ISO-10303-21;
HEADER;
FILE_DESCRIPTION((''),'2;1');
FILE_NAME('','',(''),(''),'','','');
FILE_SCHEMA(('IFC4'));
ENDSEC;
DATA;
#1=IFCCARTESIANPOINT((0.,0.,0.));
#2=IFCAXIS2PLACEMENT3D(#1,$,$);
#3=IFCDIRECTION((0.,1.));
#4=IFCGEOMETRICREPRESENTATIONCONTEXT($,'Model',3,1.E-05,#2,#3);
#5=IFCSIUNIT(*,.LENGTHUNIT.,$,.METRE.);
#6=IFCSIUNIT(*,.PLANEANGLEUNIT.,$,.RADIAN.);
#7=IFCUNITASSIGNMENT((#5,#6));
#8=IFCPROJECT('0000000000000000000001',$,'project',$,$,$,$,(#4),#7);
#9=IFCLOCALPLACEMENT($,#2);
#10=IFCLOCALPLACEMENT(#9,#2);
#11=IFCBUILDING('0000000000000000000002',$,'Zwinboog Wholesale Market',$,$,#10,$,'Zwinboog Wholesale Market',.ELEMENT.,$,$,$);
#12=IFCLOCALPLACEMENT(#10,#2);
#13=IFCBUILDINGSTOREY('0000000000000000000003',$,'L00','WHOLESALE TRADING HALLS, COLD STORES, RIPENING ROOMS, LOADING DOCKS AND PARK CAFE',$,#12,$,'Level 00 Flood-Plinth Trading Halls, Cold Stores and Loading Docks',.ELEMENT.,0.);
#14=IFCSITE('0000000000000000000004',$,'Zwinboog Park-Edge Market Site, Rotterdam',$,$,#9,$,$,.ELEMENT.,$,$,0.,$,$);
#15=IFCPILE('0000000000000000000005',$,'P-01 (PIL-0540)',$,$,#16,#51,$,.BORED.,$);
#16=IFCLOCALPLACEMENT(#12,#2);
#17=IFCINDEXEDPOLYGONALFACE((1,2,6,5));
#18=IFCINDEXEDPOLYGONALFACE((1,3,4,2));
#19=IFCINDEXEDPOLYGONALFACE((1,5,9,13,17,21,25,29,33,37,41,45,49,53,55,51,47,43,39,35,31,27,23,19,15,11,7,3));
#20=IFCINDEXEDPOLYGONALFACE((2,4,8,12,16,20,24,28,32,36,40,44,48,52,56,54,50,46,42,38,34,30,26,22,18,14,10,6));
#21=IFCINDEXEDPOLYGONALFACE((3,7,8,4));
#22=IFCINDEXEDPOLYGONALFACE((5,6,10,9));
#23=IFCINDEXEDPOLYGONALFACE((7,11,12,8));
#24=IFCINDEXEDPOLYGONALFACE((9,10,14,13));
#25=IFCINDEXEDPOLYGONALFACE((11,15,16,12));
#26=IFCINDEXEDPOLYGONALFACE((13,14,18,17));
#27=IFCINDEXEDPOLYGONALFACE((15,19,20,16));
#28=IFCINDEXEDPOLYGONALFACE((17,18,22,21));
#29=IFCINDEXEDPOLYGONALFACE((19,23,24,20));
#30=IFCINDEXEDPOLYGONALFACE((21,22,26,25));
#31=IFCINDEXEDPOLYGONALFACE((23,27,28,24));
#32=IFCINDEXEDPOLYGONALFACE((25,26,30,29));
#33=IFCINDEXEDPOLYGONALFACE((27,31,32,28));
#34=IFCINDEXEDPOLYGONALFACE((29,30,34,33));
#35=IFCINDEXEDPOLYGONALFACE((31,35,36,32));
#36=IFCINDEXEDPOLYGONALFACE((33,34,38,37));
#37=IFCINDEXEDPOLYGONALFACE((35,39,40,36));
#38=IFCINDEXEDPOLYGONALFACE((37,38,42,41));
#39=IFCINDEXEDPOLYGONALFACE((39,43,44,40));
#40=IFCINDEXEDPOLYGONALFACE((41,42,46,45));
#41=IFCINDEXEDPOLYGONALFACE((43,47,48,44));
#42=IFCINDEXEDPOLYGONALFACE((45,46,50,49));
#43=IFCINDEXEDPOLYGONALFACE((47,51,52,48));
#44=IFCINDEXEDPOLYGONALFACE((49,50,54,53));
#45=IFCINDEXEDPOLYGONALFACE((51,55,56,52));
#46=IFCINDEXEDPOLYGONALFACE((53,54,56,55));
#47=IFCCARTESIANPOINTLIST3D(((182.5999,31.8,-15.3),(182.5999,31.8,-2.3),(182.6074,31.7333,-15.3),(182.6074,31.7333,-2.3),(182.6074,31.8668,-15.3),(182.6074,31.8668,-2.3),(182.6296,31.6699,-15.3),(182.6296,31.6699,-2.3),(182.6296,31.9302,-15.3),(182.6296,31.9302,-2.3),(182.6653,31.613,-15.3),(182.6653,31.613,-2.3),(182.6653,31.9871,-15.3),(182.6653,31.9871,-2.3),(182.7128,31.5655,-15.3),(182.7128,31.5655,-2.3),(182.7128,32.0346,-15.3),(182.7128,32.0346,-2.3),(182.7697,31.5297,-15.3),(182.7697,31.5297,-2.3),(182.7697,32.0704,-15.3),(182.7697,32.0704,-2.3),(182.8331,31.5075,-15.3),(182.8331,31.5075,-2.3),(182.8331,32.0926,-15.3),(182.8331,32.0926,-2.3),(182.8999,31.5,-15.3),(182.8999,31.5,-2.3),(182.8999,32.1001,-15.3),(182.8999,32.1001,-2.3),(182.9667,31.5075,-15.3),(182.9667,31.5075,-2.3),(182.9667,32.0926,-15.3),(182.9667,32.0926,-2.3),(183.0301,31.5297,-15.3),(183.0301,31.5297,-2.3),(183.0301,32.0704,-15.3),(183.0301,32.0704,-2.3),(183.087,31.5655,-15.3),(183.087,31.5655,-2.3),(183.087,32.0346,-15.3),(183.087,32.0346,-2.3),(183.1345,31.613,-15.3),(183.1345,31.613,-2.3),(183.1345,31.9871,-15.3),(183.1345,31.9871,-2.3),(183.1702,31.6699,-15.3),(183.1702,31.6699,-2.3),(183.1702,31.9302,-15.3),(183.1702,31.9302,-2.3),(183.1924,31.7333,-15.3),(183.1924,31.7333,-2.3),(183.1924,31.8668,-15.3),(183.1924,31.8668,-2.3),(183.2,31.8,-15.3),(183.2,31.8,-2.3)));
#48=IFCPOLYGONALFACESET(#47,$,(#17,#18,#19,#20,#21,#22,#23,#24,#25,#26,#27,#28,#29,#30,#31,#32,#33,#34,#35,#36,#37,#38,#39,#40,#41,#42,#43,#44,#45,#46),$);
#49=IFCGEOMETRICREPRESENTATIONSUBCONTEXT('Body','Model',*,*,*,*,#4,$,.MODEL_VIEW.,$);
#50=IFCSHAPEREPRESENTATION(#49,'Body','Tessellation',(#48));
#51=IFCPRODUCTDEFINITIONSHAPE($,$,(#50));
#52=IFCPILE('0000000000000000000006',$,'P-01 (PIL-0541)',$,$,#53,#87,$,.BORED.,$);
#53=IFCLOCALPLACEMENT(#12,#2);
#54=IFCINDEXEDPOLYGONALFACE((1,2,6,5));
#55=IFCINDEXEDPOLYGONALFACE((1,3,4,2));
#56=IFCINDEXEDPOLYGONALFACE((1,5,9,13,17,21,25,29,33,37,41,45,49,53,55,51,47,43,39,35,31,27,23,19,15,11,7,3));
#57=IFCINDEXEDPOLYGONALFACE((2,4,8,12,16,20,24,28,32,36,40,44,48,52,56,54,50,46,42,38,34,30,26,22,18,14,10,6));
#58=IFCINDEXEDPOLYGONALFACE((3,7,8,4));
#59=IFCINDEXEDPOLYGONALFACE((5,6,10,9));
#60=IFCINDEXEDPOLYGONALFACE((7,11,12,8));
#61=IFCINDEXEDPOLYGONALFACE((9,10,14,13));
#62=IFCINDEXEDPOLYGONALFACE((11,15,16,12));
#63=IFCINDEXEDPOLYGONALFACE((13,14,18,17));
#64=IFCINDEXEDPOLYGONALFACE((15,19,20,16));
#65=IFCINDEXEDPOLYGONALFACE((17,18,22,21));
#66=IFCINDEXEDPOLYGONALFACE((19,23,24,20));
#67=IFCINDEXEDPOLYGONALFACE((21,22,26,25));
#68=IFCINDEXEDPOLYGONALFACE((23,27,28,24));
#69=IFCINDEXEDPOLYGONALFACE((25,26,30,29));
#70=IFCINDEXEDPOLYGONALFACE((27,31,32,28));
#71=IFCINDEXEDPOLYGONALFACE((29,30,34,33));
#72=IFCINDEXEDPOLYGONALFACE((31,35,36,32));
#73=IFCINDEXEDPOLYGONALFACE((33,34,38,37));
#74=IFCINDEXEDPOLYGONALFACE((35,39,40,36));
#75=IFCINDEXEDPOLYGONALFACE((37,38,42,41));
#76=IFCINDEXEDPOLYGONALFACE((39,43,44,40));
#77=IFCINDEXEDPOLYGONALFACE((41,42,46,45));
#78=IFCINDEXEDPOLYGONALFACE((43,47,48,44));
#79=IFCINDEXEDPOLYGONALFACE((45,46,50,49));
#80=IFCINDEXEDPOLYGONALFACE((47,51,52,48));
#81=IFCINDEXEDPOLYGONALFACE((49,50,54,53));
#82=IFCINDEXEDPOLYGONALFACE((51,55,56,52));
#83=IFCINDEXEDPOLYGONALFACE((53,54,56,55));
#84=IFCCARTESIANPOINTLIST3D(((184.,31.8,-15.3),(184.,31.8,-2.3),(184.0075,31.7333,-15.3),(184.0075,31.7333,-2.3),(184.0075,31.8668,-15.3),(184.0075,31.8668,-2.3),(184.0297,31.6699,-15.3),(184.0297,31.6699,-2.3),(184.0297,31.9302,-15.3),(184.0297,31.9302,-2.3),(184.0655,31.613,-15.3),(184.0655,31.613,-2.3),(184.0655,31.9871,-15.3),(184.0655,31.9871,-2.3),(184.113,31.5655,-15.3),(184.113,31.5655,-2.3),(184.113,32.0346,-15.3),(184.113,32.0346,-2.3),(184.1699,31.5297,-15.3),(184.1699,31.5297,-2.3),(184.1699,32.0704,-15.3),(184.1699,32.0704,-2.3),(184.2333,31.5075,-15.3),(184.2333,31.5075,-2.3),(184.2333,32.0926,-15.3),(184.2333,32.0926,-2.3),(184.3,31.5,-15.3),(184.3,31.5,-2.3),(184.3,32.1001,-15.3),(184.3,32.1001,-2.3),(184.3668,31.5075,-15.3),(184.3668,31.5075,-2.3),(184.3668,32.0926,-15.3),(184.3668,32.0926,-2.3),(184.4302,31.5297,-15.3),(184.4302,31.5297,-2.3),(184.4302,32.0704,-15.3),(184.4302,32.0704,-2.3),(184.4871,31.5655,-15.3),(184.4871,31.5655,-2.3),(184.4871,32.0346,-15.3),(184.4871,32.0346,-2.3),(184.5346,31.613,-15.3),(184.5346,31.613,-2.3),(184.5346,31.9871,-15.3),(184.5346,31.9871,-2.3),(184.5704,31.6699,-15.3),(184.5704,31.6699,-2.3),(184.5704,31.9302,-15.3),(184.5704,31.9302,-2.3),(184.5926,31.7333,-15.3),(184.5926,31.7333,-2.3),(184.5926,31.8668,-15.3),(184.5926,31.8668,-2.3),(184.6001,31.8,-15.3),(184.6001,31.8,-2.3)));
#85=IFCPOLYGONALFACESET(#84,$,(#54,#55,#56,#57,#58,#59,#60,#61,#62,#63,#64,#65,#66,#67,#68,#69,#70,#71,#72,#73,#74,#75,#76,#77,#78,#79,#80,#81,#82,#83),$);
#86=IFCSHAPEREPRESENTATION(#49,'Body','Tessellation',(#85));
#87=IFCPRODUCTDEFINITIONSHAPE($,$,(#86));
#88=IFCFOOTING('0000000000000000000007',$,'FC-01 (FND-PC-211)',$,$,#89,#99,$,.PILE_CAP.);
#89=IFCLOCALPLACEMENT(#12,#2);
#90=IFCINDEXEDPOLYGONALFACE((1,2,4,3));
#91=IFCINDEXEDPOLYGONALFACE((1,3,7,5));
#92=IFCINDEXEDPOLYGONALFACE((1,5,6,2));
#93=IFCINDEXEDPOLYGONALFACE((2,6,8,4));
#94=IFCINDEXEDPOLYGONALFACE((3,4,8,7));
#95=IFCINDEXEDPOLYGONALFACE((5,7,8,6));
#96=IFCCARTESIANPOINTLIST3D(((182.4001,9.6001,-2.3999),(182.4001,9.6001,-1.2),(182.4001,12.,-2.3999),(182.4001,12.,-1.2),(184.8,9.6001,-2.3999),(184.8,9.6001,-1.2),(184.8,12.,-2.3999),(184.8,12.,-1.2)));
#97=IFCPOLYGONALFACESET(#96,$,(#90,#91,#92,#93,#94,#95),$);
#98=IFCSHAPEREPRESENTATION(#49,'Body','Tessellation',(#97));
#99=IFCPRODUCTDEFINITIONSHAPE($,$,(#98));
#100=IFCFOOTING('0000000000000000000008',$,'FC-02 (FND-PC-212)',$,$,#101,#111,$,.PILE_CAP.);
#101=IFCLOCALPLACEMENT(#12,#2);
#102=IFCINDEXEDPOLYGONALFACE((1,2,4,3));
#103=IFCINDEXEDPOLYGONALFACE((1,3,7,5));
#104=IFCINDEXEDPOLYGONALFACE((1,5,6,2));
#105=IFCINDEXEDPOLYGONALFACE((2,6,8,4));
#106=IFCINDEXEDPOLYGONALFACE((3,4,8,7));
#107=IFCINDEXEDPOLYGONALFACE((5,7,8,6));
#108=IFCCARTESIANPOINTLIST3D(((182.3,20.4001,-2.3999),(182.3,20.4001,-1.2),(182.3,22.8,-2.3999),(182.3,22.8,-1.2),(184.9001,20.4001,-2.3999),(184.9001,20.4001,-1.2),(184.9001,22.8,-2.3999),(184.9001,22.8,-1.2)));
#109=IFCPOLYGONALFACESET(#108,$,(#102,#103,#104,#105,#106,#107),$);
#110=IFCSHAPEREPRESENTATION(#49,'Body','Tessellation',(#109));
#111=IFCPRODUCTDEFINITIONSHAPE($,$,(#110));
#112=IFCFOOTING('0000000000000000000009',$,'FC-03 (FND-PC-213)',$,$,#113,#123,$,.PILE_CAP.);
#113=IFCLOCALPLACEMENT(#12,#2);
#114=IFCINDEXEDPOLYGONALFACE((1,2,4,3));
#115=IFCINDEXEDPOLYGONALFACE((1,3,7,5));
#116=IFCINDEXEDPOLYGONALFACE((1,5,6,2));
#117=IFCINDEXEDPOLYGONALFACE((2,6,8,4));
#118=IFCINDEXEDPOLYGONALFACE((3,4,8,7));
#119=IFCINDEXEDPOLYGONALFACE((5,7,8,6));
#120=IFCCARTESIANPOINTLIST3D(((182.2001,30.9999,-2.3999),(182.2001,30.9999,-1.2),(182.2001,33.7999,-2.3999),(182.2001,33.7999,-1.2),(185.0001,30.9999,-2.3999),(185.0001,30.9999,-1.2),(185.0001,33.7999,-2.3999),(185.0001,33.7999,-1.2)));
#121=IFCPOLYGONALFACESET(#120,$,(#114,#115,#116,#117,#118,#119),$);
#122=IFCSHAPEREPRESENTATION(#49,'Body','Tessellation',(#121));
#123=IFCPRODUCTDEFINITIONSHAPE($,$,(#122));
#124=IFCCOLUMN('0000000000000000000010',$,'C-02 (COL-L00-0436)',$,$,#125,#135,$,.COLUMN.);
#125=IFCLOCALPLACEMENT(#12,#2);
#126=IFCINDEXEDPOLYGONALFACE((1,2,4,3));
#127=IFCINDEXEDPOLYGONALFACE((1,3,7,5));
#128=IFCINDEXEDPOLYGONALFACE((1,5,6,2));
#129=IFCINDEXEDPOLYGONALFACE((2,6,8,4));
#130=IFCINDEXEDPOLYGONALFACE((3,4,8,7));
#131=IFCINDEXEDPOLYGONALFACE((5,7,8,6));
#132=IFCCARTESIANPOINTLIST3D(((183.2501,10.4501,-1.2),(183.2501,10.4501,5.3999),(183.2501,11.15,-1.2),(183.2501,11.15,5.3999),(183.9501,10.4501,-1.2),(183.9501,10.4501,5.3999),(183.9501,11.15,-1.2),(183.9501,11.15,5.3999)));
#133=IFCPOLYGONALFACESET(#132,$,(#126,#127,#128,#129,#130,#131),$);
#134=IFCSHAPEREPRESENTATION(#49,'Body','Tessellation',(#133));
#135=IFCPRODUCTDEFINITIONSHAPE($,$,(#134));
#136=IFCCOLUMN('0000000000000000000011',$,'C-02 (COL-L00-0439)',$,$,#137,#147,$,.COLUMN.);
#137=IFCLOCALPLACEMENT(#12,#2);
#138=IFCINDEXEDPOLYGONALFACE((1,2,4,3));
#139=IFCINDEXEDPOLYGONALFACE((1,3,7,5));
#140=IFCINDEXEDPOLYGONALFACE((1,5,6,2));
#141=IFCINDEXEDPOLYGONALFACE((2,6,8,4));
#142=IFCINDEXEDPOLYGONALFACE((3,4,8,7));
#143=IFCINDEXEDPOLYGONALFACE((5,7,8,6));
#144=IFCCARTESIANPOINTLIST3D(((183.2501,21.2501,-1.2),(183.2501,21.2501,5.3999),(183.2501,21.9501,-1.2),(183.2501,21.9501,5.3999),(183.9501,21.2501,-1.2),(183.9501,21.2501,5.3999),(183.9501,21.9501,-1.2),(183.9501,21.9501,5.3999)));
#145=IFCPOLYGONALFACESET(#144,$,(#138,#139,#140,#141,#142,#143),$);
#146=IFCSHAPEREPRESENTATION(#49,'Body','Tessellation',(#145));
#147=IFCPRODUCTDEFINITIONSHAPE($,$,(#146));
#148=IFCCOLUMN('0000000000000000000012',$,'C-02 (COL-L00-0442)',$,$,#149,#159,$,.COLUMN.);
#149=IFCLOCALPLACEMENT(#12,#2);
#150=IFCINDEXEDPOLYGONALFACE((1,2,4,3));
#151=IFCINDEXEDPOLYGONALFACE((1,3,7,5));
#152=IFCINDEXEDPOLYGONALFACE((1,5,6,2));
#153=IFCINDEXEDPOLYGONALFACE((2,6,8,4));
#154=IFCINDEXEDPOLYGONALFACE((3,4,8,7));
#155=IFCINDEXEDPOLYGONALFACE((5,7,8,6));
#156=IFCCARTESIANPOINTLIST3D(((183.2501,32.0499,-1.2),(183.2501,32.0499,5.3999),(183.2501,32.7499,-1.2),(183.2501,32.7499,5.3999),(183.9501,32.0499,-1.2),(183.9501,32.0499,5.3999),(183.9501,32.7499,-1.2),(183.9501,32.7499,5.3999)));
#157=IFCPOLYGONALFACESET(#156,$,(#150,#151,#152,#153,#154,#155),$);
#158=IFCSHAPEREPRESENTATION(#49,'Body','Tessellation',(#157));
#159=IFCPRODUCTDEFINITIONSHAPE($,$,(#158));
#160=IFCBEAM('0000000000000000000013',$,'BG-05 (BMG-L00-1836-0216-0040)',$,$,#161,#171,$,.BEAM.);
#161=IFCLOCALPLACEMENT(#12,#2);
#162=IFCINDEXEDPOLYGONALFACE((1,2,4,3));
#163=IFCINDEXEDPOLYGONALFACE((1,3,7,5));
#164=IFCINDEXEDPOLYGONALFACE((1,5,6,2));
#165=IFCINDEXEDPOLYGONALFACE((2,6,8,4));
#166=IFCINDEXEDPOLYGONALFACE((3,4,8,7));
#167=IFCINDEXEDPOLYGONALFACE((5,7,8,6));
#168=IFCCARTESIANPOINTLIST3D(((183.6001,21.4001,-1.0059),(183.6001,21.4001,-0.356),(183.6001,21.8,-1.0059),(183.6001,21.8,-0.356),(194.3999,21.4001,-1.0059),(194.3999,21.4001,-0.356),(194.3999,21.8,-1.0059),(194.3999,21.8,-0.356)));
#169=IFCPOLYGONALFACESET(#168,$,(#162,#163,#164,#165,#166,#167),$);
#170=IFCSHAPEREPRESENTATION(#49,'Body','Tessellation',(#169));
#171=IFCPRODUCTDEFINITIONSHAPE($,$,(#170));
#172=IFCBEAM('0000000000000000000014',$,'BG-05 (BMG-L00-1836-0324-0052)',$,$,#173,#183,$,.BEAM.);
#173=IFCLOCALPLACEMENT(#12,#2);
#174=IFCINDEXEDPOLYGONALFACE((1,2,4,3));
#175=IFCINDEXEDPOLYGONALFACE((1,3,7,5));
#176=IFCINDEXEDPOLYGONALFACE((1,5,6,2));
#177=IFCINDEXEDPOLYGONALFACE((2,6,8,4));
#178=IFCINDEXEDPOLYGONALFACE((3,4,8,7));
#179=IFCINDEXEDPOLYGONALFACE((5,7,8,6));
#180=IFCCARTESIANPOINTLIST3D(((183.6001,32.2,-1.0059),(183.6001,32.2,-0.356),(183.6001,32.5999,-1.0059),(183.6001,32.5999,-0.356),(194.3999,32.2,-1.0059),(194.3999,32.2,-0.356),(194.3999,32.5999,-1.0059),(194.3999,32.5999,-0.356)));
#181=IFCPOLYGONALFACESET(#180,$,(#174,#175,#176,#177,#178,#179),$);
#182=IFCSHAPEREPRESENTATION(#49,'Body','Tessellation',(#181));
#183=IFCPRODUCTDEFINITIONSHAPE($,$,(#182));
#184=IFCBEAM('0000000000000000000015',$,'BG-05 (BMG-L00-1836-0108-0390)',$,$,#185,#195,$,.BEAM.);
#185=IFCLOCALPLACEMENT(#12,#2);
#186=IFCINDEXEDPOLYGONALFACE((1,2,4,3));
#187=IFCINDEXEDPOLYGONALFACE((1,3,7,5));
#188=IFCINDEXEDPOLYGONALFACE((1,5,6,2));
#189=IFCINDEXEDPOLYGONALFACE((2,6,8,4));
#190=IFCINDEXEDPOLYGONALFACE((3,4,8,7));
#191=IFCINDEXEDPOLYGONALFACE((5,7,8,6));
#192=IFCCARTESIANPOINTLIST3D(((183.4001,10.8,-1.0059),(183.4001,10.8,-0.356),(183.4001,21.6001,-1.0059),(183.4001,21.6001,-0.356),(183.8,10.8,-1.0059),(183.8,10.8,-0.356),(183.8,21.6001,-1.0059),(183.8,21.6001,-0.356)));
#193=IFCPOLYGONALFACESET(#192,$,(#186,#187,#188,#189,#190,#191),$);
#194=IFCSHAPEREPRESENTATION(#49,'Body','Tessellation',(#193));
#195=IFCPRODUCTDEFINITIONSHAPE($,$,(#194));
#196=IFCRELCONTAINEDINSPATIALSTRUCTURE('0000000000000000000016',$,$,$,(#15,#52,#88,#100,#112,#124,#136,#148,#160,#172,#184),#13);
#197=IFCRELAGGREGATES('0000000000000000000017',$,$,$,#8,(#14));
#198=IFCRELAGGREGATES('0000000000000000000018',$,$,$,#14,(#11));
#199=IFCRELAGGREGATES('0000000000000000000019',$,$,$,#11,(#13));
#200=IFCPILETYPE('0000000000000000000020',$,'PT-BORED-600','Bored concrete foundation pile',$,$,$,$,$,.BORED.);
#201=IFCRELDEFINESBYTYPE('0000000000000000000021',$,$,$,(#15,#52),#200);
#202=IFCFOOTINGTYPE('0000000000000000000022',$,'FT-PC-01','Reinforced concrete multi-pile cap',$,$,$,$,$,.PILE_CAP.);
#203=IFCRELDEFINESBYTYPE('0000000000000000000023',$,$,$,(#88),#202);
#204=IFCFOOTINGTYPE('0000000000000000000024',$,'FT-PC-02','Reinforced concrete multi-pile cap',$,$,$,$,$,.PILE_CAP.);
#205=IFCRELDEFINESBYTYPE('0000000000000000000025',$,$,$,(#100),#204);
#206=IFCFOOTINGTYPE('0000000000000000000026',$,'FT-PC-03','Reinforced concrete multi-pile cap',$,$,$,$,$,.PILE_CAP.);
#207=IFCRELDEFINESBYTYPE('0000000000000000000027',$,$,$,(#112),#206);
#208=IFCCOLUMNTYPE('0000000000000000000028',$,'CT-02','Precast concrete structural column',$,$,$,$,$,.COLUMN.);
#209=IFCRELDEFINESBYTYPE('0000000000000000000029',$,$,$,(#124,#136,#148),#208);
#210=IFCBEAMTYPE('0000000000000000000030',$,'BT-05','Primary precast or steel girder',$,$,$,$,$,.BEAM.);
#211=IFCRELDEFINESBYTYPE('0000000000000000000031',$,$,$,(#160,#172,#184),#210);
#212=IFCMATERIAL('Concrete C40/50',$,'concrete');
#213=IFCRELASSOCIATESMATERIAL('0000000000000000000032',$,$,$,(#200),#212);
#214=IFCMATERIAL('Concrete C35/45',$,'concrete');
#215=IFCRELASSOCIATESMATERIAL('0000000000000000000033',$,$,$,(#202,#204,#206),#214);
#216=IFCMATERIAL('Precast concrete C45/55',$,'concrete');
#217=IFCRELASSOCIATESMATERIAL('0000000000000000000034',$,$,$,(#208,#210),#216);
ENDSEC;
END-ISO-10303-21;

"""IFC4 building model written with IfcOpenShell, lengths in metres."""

from ifc_helpers import new_model, si_unit, direction, frame, origin, origin_2d, place, context, subcontext, project, spatial, rectangle, circle, extrude, material, material_profile, profile_set, type_object, element, save


model = new_model("IFC4")

# Units and contexts
model_context = context("Model", 3, precision=1e-05, world=origin(), true_north=direction((0.0, 1.0)))
body_context = subcontext(model_context, "Body", "Model", "MODEL_VIEW")
ifc_project = project(units=[si_unit("LENGTHUNIT", "METRE"), si_unit("PLANEANGLEUNIT", "RADIAN")], contexts=[model_context])

# Site, building, storey
site_placement = place(None, origin())
site = spatial("IfcSite", under=ifc_project, at=site_placement, Name="Zwinboog Park-Edge Market Site, Rotterdam", CompositionType="ELEMENT", RefElevation=0.0)
building_placement = place(site_placement, origin())
building = spatial("IfcBuilding", under=site, at=building_placement, Name="Zwinboog Wholesale Market", LongName="Zwinboog Wholesale Market", CompositionType="ELEMENT")
storey_placement = place(building_placement, origin())
storey = spatial("IfcBuildingStorey", under=building, at=storey_placement, Name="L00", Description="WHOLESALE TRADING HALLS, COLD STORES, RIPENING ROOMS, LOADING DOCKS AND PARK CAFE", LongName="Level 00 Flood-Plinth Trading Halls, Cold Stores and Loading Docks", CompositionType="ELEMENT", Elevation=0.0)

# Piles
ifc_material_1 = material(Name="Concrete C40/50", Category="concrete")
ifc_material_profile_1 = material_profile(ifc_material_1, circle(Radius=0.3, at=origin_2d()), Name="PILE D600")
ifc_profile_set_1 = profile_set([ifc_material_profile_1], Name="Concrete C40/50")
pile_type = type_object("IfcPileType", Name="PT-BORED-600", Description="Bored concrete foundation pile", PredefinedType="BORED", material=ifc_profile_set_1)
for number, where, z_axis, x_axis, name in (
    (1, (182.8999, 31.8, -2.3), (0.0, 0.0, -1.0), (1.0, 0.0, 0.0), "P-01 (PIL-0540)"),
    (2, (184.3, 31.8, -2.3), (0.0, 0.0, -1.0), (1.0, 0.0, 0.0), "P-01 (PIL-0541)"),
):
    element("IfcPile", number, at=place(storey_placement, frame(where, z_axis=z_axis, x_axis=x_axis)), inside=storey, type_object=pile_type, Name=name, PredefinedType="BORED", context=body_context, shape_type="SweptSolid", body=[
        extrude(circle(Radius=0.3, at=origin_2d()), origin(), (0.0, 0.0, 1.0), 13.0),
    ])

# Footings
ifc_material_2 = material(Name="Concrete C35/45", Category="concrete")
footing_type_1 = type_object("IfcFootingType", Name="FT-PC-01", Description="Reinforced concrete multi-pile cap", PredefinedType="PILE_CAP", material=ifc_material_2)
footing_1_placement = place(storey_placement, frame((183.6001, 10.8, -2.3999), z_axis=(0.0, 0.0, 1.0), x_axis=(1.0, 0.0, 0.0)))
element("IfcFooting", 3, at=footing_1_placement, inside=storey, type_object=footing_type_1, Name="FC-01 (FND-PC-211)", PredefinedType="PILE_CAP", context=body_context, shape_type="SweptSolid", body=[
    extrude(rectangle(XDim=2.3999, YDim=2.3999, at=origin_2d()), origin(), (0.0, 0.0, 1.0), 1.2),
])
footing_type_2 = type_object("IfcFootingType", Name="FT-PC-02", Description="Reinforced concrete multi-pile cap", PredefinedType="PILE_CAP", material=ifc_material_2)
footing_2_placement = place(storey_placement, frame((183.6001, 21.6001, -2.3999), z_axis=(0.0, 0.0, 1.0), x_axis=(1.0, 0.0, 0.0)))
element("IfcFooting", 4, at=footing_2_placement, inside=storey, type_object=footing_type_2, Name="FC-02 (FND-PC-212)", PredefinedType="PILE_CAP", context=body_context, shape_type="SweptSolid", body=[
    extrude(rectangle(XDim=2.6001, YDim=2.3999, at=origin_2d()), origin(), (0.0, 0.0, 1.0), 1.2),
])
footing_type_3 = type_object("IfcFootingType", Name="FT-PC-03", Description="Reinforced concrete multi-pile cap", PredefinedType="PILE_CAP", material=ifc_material_2)
footing_3_placement = place(storey_placement, frame((183.6001, 32.3999, -2.3999), z_axis=(0.0, 0.0, 1.0), x_axis=(1.0, 0.0, 0.0)))
element("IfcFooting", 5, at=footing_3_placement, inside=storey, type_object=footing_type_3, Name="FC-03 (FND-PC-213)", PredefinedType="PILE_CAP", context=body_context, shape_type="SweptSolid", body=[
    extrude(rectangle(XDim=2.8, YDim=2.8, at=origin_2d()), origin(), (0.0, 0.0, 1.0), 1.2),
])

# Columns
ifc_material_3 = material(Name="Precast concrete C45/55", Category="concrete")
ifc_material_profile_2 = material_profile(ifc_material_3, rectangle(XDim=0.7, YDim=0.7, at=origin_2d()), Name="PC 700x700")
ifc_profile_set_2 = profile_set([ifc_material_profile_2], Name="Precast concrete C45/55")
column_type = type_object("IfcColumnType", Name="CT-02", Description="Precast concrete structural column", PredefinedType="COLUMN", material=ifc_profile_set_2)
for number, where, z_axis, x_axis, name in (
    (6, (183.6001, 10.8, -1.2), (0.0, 0.0, 1.0), (1.0, 0.0, 0.0), "C-02 (COL-L00-0436)"),
    (7, (183.6001, 21.6001, -1.2), (0.0, 0.0, 1.0), (1.0, 0.0, 0.0), "C-02 (COL-L00-0439)"),
    (8, (183.6001, 32.3999, -1.2), (0.0, 0.0, 1.0), (1.0, 0.0, 0.0), "C-02 (COL-L00-0442)"),
):
    element("IfcColumn", number, at=place(storey_placement, frame(where, z_axis=z_axis, x_axis=x_axis)), inside=storey, type_object=column_type, Name=name, PredefinedType="COLUMN", context=body_context, shape_type="SweptSolid", body=[
        extrude(rectangle(XDim=0.7, YDim=0.7, at=origin_2d()), origin(), (0.0, 0.0, 1.0), 6.5999),
    ])

# Beams
ifc_material_profile_3 = material_profile(ifc_material_3, rectangle(XDim=0.3999, YDim=0.6499, at=origin_2d()), Name="PC 400x650")
ifc_profile_set_3 = profile_set([ifc_material_profile_3], Name="Precast concrete C45/55")
beam_type_1 = type_object("IfcBeamType", Name="BT-05", Description="Primary precast or steel girder", PredefinedType="BEAM", material=ifc_profile_set_3)
for number, where, z_axis, x_axis, name in (
    (9, (183.6001, 21.6001, -0.6809), (1.0, 0.0, 0.0), (0.0, 1.0, 0.0), "BG-05 (BMG-L00-1836-0216-0040)"),
    (10, (183.6001, 32.3999, -0.6809), (1.0, 0.0, 0.0), (0.0, 1.0, 0.0), "BG-05 (BMG-L00-1836-0324-0052)"),
):
    element("IfcBeam", number, at=place(storey_placement, frame(where, z_axis=z_axis, x_axis=x_axis)), inside=storey, type_object=beam_type_1, Name=name, PredefinedType="BEAM", context=body_context, shape_type="SweptSolid", body=[
        extrude(rectangle(XDim=0.3999, YDim=0.6499, at=origin_2d()), origin(), (0.0, 0.0, 1.0), 10.7998),
    ])
beam_1_placement = place(storey_placement, frame((183.6001, 10.8, -0.6809), z_axis=(0.0, 1.0, 0.0), x_axis=(-1.0, 0.0, 0.0)))
element("IfcBeam", 11, at=beam_1_placement, inside=storey, type_object=beam_type_1, Name="BG-05 (BMG-L00-1836-0108-0390)", PredefinedType="BEAM", context=body_context, shape_type="SweptSolid", body=[
    extrude(rectangle(XDim=0.3999, YDim=0.6499, at=origin_2d()), origin(), (0.0, 0.0, 1.0), 10.8),
])

save(model, "model.ifc")
